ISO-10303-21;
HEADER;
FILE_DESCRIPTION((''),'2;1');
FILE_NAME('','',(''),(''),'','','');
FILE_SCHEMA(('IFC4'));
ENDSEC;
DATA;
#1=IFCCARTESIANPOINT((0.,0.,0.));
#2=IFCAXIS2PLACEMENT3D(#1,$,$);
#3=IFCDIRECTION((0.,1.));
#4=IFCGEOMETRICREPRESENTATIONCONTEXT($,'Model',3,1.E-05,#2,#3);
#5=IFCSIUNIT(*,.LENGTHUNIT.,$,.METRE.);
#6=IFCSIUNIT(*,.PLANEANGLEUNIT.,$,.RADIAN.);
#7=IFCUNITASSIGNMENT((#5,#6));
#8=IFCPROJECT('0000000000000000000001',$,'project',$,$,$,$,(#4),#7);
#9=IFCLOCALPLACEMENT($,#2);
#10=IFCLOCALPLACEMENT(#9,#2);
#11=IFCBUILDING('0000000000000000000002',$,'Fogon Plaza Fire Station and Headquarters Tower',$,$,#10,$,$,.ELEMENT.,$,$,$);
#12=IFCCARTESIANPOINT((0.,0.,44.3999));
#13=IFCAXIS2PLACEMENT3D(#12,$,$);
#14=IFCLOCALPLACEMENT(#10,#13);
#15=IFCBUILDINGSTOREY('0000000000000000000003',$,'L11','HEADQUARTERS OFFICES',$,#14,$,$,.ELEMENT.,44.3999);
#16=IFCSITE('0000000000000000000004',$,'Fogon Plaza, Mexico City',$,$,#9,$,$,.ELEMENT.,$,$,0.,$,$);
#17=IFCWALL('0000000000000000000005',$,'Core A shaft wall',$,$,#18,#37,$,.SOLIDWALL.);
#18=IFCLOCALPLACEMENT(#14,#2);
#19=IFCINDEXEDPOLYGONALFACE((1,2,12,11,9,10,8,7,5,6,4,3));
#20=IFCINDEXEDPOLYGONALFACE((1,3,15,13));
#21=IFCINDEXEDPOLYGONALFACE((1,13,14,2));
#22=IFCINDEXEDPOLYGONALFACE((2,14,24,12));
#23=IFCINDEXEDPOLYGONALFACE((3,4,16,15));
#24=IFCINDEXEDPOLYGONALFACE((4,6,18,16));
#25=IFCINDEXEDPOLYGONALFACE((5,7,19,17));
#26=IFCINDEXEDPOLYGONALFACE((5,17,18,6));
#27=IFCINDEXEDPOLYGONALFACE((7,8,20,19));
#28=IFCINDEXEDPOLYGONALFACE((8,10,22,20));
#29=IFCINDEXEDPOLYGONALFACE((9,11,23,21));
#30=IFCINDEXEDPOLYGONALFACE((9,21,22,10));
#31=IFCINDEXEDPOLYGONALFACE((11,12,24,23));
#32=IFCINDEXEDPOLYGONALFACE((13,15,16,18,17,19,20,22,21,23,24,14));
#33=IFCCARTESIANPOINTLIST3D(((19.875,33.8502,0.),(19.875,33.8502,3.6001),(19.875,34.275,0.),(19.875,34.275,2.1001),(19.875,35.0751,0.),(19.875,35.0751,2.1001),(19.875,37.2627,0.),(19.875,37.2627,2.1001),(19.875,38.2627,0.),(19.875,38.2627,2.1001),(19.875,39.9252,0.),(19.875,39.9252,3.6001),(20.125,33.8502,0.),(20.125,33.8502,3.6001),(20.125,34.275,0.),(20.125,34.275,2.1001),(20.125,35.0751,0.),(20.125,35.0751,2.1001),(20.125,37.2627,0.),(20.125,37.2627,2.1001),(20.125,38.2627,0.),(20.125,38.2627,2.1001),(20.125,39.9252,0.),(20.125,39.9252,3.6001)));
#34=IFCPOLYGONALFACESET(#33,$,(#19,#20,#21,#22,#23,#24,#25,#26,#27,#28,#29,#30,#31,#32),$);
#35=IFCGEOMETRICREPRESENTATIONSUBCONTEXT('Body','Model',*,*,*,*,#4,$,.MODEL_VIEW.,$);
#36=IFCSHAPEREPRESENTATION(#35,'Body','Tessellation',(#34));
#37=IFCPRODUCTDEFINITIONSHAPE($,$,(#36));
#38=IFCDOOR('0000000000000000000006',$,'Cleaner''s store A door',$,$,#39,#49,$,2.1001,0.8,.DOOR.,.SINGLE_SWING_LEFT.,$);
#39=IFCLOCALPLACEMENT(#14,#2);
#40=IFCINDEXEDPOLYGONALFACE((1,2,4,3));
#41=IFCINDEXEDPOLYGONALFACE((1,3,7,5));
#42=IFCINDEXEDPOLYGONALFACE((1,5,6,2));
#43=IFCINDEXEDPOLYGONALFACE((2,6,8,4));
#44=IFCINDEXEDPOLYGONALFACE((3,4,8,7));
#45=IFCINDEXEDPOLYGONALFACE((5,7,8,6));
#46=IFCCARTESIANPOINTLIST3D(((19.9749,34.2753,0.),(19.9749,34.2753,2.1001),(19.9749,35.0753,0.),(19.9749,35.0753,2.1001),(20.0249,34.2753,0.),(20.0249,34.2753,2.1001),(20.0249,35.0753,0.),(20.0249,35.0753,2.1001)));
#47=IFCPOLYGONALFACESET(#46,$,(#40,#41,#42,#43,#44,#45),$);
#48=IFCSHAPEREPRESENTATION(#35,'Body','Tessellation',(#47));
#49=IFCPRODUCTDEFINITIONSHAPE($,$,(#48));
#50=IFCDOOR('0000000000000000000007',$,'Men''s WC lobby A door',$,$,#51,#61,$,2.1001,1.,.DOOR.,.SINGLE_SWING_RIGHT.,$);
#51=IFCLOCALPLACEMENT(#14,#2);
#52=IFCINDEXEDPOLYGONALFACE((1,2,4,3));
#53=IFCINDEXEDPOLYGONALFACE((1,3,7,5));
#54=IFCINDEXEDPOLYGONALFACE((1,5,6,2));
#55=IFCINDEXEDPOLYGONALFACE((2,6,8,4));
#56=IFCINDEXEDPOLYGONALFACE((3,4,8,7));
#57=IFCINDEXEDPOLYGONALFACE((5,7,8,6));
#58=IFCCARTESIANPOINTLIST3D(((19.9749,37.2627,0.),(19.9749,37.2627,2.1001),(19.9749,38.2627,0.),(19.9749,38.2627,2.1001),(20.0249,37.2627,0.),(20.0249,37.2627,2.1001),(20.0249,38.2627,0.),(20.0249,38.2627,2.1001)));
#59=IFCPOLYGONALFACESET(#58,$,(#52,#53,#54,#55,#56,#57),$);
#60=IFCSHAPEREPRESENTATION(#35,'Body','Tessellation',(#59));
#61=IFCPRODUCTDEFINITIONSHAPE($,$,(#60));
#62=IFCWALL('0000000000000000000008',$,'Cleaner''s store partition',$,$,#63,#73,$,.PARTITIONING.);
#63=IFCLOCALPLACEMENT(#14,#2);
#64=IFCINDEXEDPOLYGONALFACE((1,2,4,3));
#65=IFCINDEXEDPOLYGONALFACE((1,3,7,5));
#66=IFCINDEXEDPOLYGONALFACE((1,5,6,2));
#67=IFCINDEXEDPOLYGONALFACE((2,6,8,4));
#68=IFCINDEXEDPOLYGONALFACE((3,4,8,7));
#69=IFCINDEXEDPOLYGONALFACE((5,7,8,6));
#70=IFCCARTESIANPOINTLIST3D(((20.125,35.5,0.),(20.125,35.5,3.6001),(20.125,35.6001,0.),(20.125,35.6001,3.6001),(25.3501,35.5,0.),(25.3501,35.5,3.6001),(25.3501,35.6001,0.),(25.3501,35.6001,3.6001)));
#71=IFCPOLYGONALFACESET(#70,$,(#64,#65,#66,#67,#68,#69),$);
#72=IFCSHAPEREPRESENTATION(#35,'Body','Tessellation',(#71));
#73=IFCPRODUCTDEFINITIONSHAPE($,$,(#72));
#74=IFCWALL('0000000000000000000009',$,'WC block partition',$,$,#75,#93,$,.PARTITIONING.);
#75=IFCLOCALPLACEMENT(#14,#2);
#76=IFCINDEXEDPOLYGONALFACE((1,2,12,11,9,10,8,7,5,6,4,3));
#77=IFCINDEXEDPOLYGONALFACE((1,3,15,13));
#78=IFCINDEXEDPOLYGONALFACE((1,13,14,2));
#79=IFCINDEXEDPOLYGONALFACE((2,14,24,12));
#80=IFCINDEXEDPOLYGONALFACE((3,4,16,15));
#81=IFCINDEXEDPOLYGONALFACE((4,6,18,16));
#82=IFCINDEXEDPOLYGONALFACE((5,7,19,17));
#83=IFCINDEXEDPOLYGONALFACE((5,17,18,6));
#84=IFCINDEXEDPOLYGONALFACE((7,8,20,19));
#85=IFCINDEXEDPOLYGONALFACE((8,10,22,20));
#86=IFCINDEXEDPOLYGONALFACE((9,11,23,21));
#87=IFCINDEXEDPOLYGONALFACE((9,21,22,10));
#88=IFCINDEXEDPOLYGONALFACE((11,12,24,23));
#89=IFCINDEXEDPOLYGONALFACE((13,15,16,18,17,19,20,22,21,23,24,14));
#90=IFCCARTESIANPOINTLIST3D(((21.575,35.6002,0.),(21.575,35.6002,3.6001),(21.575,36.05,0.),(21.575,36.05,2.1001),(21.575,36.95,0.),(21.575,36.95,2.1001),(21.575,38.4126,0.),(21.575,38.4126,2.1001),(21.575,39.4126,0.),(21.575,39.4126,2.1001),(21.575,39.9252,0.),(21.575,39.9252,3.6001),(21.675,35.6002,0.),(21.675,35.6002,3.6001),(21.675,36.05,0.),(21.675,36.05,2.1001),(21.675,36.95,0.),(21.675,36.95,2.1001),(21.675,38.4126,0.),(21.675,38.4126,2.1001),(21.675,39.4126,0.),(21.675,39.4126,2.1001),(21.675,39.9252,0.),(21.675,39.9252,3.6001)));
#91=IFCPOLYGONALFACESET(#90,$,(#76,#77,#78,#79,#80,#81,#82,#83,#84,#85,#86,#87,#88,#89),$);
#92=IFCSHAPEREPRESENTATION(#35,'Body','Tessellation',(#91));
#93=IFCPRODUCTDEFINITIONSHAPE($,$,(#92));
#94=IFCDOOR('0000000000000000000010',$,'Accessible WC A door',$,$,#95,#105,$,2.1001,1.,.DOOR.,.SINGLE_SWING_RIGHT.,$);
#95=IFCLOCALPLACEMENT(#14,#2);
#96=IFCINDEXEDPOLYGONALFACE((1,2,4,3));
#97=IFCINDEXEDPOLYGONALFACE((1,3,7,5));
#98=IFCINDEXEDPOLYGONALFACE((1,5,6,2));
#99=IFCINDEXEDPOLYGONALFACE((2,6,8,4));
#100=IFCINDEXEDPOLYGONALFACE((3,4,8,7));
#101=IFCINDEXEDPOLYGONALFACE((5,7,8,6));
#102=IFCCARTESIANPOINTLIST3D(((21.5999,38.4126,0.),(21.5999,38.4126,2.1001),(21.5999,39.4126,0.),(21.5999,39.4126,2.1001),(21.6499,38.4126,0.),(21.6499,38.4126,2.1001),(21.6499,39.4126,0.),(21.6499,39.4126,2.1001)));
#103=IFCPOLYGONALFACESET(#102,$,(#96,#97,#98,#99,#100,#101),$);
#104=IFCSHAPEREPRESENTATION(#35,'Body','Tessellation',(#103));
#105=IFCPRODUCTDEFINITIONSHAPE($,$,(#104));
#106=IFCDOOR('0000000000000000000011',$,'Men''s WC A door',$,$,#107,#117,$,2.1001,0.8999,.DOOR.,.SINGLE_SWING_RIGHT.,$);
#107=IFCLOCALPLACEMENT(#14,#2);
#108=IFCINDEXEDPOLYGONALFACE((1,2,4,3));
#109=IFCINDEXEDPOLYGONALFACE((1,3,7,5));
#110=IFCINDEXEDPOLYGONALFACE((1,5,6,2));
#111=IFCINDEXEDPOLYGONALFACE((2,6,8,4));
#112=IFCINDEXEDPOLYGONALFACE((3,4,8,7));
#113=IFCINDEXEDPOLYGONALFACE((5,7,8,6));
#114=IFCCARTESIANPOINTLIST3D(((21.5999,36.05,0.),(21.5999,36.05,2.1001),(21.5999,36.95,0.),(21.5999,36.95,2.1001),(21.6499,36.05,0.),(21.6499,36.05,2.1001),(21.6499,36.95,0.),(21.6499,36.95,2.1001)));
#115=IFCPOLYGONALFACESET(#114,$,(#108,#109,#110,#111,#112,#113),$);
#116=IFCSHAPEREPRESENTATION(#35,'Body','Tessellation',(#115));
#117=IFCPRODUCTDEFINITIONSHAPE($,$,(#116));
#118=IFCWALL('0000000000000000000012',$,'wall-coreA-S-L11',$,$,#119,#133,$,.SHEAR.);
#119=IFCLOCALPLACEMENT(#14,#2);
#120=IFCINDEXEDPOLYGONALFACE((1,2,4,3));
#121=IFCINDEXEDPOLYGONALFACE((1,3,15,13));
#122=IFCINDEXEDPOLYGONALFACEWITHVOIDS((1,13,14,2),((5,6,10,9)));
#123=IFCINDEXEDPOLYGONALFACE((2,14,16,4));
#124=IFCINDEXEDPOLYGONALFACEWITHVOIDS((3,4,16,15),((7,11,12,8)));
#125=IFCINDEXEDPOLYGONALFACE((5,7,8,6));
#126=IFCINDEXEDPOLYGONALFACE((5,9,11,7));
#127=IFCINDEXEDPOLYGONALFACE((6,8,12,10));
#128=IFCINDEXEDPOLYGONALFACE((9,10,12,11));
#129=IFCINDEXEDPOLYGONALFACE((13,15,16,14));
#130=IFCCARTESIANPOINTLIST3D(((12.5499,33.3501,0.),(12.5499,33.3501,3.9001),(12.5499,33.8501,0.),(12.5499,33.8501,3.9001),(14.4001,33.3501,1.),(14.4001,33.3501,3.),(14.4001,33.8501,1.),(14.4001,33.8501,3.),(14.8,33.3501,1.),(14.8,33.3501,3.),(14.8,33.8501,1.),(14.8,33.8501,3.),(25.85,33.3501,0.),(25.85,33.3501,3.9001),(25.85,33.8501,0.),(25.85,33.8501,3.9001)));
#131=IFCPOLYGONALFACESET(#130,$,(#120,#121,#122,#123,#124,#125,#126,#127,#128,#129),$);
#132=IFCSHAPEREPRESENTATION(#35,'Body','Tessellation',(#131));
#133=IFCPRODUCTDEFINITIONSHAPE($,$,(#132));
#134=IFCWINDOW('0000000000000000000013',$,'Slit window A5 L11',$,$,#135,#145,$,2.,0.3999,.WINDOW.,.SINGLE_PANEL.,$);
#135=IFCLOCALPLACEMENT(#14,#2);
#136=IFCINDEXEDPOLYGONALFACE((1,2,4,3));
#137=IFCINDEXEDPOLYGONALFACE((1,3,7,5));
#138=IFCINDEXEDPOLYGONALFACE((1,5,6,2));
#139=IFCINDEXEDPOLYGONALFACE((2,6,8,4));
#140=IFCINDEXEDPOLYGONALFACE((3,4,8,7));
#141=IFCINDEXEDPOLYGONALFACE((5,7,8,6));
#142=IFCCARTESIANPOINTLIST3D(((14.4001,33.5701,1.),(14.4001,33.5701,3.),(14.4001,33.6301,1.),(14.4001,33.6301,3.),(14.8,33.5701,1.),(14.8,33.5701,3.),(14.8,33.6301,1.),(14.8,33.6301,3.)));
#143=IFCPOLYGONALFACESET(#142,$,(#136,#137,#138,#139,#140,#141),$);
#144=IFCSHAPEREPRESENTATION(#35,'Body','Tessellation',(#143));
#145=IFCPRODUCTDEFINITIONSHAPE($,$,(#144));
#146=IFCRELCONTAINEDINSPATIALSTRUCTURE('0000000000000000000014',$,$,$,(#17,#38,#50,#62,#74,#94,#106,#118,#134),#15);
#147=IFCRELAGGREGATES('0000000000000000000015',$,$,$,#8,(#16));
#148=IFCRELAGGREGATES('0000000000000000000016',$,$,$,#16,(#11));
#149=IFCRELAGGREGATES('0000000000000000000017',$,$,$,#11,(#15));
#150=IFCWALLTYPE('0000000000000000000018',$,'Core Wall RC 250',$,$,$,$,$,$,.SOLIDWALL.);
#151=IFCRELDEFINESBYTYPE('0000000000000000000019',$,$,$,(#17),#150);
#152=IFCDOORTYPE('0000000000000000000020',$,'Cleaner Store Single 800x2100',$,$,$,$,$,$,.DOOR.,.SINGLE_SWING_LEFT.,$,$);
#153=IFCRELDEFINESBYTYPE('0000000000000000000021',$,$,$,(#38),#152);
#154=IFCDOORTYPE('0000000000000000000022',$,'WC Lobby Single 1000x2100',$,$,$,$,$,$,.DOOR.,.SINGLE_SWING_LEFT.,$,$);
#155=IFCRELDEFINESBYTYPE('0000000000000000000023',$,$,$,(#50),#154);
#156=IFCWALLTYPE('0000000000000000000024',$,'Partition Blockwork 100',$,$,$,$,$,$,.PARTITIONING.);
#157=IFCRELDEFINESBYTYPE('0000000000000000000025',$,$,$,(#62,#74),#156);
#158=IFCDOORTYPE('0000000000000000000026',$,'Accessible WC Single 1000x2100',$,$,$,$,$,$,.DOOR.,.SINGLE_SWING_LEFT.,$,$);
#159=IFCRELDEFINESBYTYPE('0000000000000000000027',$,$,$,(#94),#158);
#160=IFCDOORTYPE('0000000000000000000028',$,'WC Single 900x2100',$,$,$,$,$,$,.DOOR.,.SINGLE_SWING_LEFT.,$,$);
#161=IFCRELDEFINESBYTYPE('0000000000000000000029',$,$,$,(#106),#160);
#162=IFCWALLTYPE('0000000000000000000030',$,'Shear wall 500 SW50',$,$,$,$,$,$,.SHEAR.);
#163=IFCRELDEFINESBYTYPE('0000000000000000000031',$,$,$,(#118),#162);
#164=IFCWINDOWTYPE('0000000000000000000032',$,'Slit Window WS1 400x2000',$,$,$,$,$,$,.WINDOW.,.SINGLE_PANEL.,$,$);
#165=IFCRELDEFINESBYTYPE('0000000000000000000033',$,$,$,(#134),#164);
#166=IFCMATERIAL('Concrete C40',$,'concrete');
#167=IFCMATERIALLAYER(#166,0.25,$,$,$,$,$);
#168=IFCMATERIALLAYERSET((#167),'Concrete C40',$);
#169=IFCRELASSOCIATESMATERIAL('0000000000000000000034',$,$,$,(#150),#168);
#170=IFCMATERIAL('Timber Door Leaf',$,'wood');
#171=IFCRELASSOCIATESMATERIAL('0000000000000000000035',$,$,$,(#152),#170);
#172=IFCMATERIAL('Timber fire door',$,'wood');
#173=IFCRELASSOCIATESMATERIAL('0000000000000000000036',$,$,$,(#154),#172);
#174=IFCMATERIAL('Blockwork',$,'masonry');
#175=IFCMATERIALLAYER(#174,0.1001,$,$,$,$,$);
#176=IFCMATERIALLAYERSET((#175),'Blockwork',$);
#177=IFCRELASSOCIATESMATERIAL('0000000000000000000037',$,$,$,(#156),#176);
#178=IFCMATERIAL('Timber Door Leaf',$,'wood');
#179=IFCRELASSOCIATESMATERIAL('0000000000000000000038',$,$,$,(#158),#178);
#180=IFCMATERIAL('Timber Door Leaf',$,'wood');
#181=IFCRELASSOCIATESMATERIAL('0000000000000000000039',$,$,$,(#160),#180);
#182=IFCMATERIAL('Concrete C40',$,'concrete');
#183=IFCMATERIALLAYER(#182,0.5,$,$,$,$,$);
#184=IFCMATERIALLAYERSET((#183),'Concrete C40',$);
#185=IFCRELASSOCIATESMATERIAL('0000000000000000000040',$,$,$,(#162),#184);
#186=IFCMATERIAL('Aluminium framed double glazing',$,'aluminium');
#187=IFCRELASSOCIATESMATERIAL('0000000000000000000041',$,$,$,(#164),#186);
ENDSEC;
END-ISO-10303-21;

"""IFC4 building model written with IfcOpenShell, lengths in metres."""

from ifc_helpers import new_model, si_unit, direction, frame, frame_2d, origin, place, context, subcontext, project, spatial, rectangle, extrude, material, layer, layer_set, type_object, element, fill, save


model = new_model("IFC4")

# Units and contexts
model_context = context("Model", 3, precision=1e-05, world=origin(), true_north=direction((0.0, 1.0)))
body_context = subcontext(model_context, "Body", "Model", "MODEL_VIEW")
ifc_project = project(units=[si_unit("LENGTHUNIT", "METRE"), si_unit("PLANEANGLEUNIT", "RADIAN")], contexts=[model_context])

# Site, building, storey
site_placement = place(None, origin())
site = spatial("IfcSite", under=ifc_project, at=site_placement, Name="Fogon Plaza, Mexico City", CompositionType="ELEMENT", RefElevation=0.0)
building_placement = place(site_placement, origin())
building = spatial("IfcBuilding", under=site, at=building_placement, Name="Fogon Plaza Fire Station and Headquarters Tower", CompositionType="ELEMENT")
storey_placement = place(building_placement, frame((0.0, 0.0, 44.3999)))
storey = spatial("IfcBuildingStorey", under=building, at=storey_placement, Name="L11", Description="HEADQUARTERS OFFICES", CompositionType="ELEMENT", Elevation=44.3999)

# Shared definitions
ifc_material_1 = material(Name="Concrete C40", Category="concrete")
ifc_layer_1 = layer(ifc_material_1, 0.25)
ifc_layer_set_1 = layer_set([ifc_layer_1], Name="Concrete C40")
wall_type_1 = type_object("IfcWallType", Name="Core Wall RC 250", PredefinedType="SOLIDWALL", material=ifc_layer_set_1)

# Wall, openings, doors
wall_1_placement = place(storey_placement, frame((20.0, 33.8501, 0.0), z_axis=(0.0, 0.0, 1.0), x_axis=(0.0, 1.0, 0.0)))
wall_1 = element("IfcWall", 1, at=wall_1_placement, inside=storey, type_object=wall_type_1, Name="Core A shaft wall", PredefinedType="SOLIDWALL", context=body_context, shape_type="SweptSolid", body=[
    extrude(rectangle(XDim=6.075, YDim=0.25, at=frame_2d((3.0376, 0.0))), origin(), (0.0, 0.0, 1.0), 3.6001),
])
opening_1_placement = place(wall_1_placement, frame((0.425, 0.0, 0.0)))
opening_1 = element("IfcOpeningElement", 2, at=opening_1_placement, cuts=wall_1, PredefinedType="OPENING", context=body_context, shape_type="SweptSolid", body=[
    extrude(rectangle(XDim=0.8, YDim=2.1001, at=frame_2d((0.3999, 1.05))), frame((0.0, 0.135, 0.0), z_axis=(0.0, -1.0, 0.0), x_axis=(1.0, 0.0, 0.0)), (0.0, 0.0, 1.0), 0.27),
])
opening_2_placement = place(wall_1_placement, frame((3.4126, 0.0, 0.0)))
opening_2 = element("IfcOpeningElement", 3, at=opening_2_placement, cuts=wall_1, PredefinedType="OPENING", context=body_context, shape_type="SweptSolid", body=[
    extrude(rectangle(XDim=1.0, YDim=2.1001, at=frame_2d((0.5, 1.05))), frame((0.0, 0.135, 0.0), z_axis=(0.0, -1.0, 0.0), x_axis=(1.0, 0.0, 0.0)), (0.0, 0.0, 1.0), 0.27),
])
ifc_material_2 = material(Name="Timber Door Leaf", Category="wood")
door_type_1 = type_object("IfcDoorType", Name="Cleaner Store Single 800x2100", OperationType="SINGLE_SWING_LEFT", PredefinedType="DOOR", material=ifc_material_2)
door_1_placement = place(opening_1_placement, frame((0.8, 0.0, 0.0), z_axis=(0.0, 0.0, 1.0), x_axis=(-1.0, 0.0, 0.0)))
door_1 = element("IfcDoor", 4, at=door_1_placement, inside=storey, type_object=door_type_1, Name="Cleaner's store A door", OperationType="SINGLE_SWING_LEFT", OverallHeight=2.1001, OverallWidth=0.8, PredefinedType="DOOR", context=body_context, shape_type="SweptSolid", body=[
    extrude(rectangle(XDim=0.8, YDim=2.1001, at=frame_2d((0.3999, 1.05))), frame((0.0, 0.0249, 0.0), z_axis=(0.0, -1.0, 0.0), x_axis=(1.0, 0.0, 0.0)), (0.0, 0.0, 1.0), 0.05),
])
fill(opening_1, door_1)
ifc_material_3 = material(Name="Timber fire door", Category="wood")
door_type_2 = type_object("IfcDoorType", Name="WC Lobby Single 1000x2100", OperationType="SINGLE_SWING_LEFT", PredefinedType="DOOR", material=ifc_material_3)
door_2_placement = place(opening_2_placement, frame((1.0, 0.0, 0.0), z_axis=(0.0, 0.0, 1.0), x_axis=(-1.0, 0.0, 0.0)))
door_2 = element("IfcDoor", 5, at=door_2_placement, inside=storey, type_object=door_type_2, Name="Men's WC lobby A door", OperationType="SINGLE_SWING_RIGHT", OverallHeight=2.1001, OverallWidth=1.0, PredefinedType="DOOR", context=body_context, shape_type="SweptSolid", body=[
    extrude(rectangle(XDim=1.0, YDim=2.1001, at=frame_2d((0.5, 1.05))), frame((0.0, 0.0249, 0.0), z_axis=(0.0, -1.0, 0.0), x_axis=(1.0, 0.0, 0.0)), (0.0, 0.0, 1.0), 0.05),
])
fill(opening_2, door_2)

# Wall
ifc_material_4 = material(Name="Blockwork", Category="masonry")
ifc_layer_2 = layer(ifc_material_4, 0.1001)
ifc_layer_set_2 = layer_set([ifc_layer_2], Name="Blockwork")
wall_type_2 = type_object("IfcWallType", Name="Partition Blockwork 100", PredefinedType="PARTITIONING", material=ifc_layer_set_2)
wall_2_placement = place(storey_placement, frame((20.125, 35.55, 0.0), z_axis=(0.0, 0.0, 1.0), x_axis=(1.0, 0.0, 0.0)))
element("IfcWall", 6, at=wall_2_placement, inside=storey, type_object=wall_type_2, Name="Cleaner's store partition", PredefinedType="PARTITIONING", context=body_context, shape_type="SweptSolid", body=[
    extrude(rectangle(XDim=5.2251, YDim=0.1001, at=frame_2d((2.6125, 0.0))), origin(), (0.0, 0.0, 1.0), 3.6001),
])

# Wall, openings, doors
wall_3_placement = place(storey_placement, frame((21.625, 35.6001, 0.0), z_axis=(0.0, 0.0, 1.0), x_axis=(0.0, 1.0, 0.0)))
wall_3 = element("IfcWall", 7, at=wall_3_placement, inside=storey, type_object=wall_type_2, Name="WC block partition", PredefinedType="PARTITIONING", context=body_context, shape_type="SweptSolid", body=[
    extrude(rectangle(XDim=4.325, YDim=0.1001, at=frame_2d((2.1626, 0.0))), origin(), (0.0, 0.0, 1.0), 3.6001),
])
opening_3_placement = place(wall_3_placement, frame((0.45, 0.0, 0.0)))
opening_3 = element("IfcOpeningElement", 8, at=opening_3_placement, cuts=wall_3, PredefinedType="OPENING", context=body_context, shape_type="SweptSolid", body=[
    extrude(rectangle(XDim=0.8999, YDim=2.1001, at=frame_2d((0.45, 1.05))), frame((0.0, 0.0601, 0.0), z_axis=(0.0, -1.0, 0.0), x_axis=(1.0, 0.0, 0.0)), (0.0, 0.0, 1.0), 0.1201),
])
opening_4_placement = place(wall_3_placement, frame((2.8125, 0.0, 0.0)))
opening_4 = element("IfcOpeningElement", 9, at=opening_4_placement, cuts=wall_3, PredefinedType="OPENING", context=body_context, shape_type="SweptSolid", body=[
    extrude(rectangle(XDim=1.0, YDim=2.1001, at=frame_2d((0.5, 1.05))), frame((0.0, 0.0601, 0.0), z_axis=(0.0, -1.0, 0.0), x_axis=(1.0, 0.0, 0.0)), (0.0, 0.0, 1.0), 0.1201),
])
ifc_material_5 = material(Name="Timber Door Leaf", Category="wood")
door_type_3 = type_object("IfcDoorType", Name="Accessible WC Single 1000x2100", OperationType="SINGLE_SWING_LEFT", PredefinedType="DOOR", material=ifc_material_5)
door_3_placement = place(opening_4_placement, frame((1.0, 0.0, 0.0), z_axis=(0.0, 0.0, 1.0), x_axis=(-1.0, 0.0, 0.0)))
door_3 = element("IfcDoor", 10, at=door_3_placement, inside=storey, type_object=door_type_3, Name="Accessible WC A door", OperationType="SINGLE_SWING_RIGHT", OverallHeight=2.1001, OverallWidth=1.0, PredefinedType="DOOR", context=body_context, shape_type="SweptSolid", body=[
    extrude(rectangle(XDim=1.0, YDim=2.1001, at=frame_2d((0.5, 1.05))), frame((0.0, 0.0249, 0.0), z_axis=(0.0, -1.0, 0.0), x_axis=(1.0, 0.0, 0.0)), (0.0, 0.0, 1.0), 0.05),
])
fill(opening_4, door_3)
ifc_material_6 = material(Name="Timber Door Leaf", Category="wood")
door_type_4 = type_object("IfcDoorType", Name="WC Single 900x2100", OperationType="SINGLE_SWING_LEFT", PredefinedType="DOOR", material=ifc_material_6)
door_4_placement = place(opening_3_placement, frame((0.8999, 0.0, 0.0), z_axis=(0.0, 0.0, 1.0), x_axis=(-1.0, 0.0, 0.0)))
door_4 = element("IfcDoor", 11, at=door_4_placement, inside=storey, type_object=door_type_4, Name="Men's WC A door", OperationType="SINGLE_SWING_RIGHT", OverallHeight=2.1001, OverallWidth=0.8999, PredefinedType="DOOR", context=body_context, shape_type="SweptSolid", body=[
    extrude(rectangle(XDim=0.8999, YDim=2.1001, at=frame_2d((0.45, 1.05))), frame((0.0, 0.0249, 0.0), z_axis=(0.0, -1.0, 0.0), x_axis=(1.0, 0.0, 0.0)), (0.0, 0.0, 1.0), 0.05),
])
fill(opening_3, door_4)

# Wall, opening, window
ifc_material_7 = material(Name="Concrete C40", Category="concrete")
ifc_layer_3 = layer(ifc_material_7, 0.5)
ifc_layer_set_3 = layer_set([ifc_layer_3], Name="Concrete C40")
wall_type_3 = type_object("IfcWallType", Name="Shear wall 500 SW50", PredefinedType="SHEAR", material=ifc_layer_set_3)
wall_4_placement = place(storey_placement, frame((12.55, 33.6001, 0.0), z_axis=(0.0, 0.0, 1.0), x_axis=(1.0, 0.0, 0.0)))
wall_4 = element("IfcWall", 12, at=wall_4_placement, inside=storey, type_object=wall_type_3, Name="wall-coreA-S-L11", PredefinedType="SHEAR", context=body_context, shape_type="SweptSolid", body=[
    extrude(rectangle(XDim=13.3, YDim=0.5, at=frame_2d((6.6499, 0.0))), origin(), (0.0, 0.0, 1.0), 3.9001),
])
opening_5_placement = place(wall_4_placement, frame((1.8501, 0.0, 1.0)))
opening_5 = element("IfcOpeningElement", 13, at=opening_5_placement, cuts=wall_4, PredefinedType="OPENING", context=body_context, shape_type="SweptSolid", body=[
    extrude(rectangle(XDim=0.3999, YDim=2.0, at=frame_2d((0.2, 1.0))), frame((0.0, 0.26, 0.0), z_axis=(0.0, -1.0, 0.0), x_axis=(1.0, 0.0, 0.0)), (0.0, 0.0, 1.0), 0.52),
])
ifc_material_8 = material(Name="Aluminium framed double glazing", Category="aluminium")
window_type = type_object("IfcWindowType", Name="Slit Window WS1 400x2000", PartitioningType="SINGLE_PANEL", PredefinedType="WINDOW", material=ifc_material_8)
window_1_placement = place(opening_5_placement, origin())
window_1 = element("IfcWindow", 14, at=window_1_placement, inside=storey, type_object=window_type, Name="Slit window A5 L11", OverallHeight=2.0, OverallWidth=0.3999, PartitioningType="SINGLE_PANEL", PredefinedType="WINDOW", context=body_context, shape_type="SweptSolid", body=[
    extrude(rectangle(XDim=0.3999, YDim=2.0, at=frame_2d((0.2, 1.0))), frame((0.0, 0.03, 0.0), z_axis=(0.0, -1.0, 0.0), x_axis=(1.0, 0.0, 0.0)), (0.0, 0.0, 1.0), 0.0601),
])
fill(opening_5, window_1)

save(model, "model.ifc")
